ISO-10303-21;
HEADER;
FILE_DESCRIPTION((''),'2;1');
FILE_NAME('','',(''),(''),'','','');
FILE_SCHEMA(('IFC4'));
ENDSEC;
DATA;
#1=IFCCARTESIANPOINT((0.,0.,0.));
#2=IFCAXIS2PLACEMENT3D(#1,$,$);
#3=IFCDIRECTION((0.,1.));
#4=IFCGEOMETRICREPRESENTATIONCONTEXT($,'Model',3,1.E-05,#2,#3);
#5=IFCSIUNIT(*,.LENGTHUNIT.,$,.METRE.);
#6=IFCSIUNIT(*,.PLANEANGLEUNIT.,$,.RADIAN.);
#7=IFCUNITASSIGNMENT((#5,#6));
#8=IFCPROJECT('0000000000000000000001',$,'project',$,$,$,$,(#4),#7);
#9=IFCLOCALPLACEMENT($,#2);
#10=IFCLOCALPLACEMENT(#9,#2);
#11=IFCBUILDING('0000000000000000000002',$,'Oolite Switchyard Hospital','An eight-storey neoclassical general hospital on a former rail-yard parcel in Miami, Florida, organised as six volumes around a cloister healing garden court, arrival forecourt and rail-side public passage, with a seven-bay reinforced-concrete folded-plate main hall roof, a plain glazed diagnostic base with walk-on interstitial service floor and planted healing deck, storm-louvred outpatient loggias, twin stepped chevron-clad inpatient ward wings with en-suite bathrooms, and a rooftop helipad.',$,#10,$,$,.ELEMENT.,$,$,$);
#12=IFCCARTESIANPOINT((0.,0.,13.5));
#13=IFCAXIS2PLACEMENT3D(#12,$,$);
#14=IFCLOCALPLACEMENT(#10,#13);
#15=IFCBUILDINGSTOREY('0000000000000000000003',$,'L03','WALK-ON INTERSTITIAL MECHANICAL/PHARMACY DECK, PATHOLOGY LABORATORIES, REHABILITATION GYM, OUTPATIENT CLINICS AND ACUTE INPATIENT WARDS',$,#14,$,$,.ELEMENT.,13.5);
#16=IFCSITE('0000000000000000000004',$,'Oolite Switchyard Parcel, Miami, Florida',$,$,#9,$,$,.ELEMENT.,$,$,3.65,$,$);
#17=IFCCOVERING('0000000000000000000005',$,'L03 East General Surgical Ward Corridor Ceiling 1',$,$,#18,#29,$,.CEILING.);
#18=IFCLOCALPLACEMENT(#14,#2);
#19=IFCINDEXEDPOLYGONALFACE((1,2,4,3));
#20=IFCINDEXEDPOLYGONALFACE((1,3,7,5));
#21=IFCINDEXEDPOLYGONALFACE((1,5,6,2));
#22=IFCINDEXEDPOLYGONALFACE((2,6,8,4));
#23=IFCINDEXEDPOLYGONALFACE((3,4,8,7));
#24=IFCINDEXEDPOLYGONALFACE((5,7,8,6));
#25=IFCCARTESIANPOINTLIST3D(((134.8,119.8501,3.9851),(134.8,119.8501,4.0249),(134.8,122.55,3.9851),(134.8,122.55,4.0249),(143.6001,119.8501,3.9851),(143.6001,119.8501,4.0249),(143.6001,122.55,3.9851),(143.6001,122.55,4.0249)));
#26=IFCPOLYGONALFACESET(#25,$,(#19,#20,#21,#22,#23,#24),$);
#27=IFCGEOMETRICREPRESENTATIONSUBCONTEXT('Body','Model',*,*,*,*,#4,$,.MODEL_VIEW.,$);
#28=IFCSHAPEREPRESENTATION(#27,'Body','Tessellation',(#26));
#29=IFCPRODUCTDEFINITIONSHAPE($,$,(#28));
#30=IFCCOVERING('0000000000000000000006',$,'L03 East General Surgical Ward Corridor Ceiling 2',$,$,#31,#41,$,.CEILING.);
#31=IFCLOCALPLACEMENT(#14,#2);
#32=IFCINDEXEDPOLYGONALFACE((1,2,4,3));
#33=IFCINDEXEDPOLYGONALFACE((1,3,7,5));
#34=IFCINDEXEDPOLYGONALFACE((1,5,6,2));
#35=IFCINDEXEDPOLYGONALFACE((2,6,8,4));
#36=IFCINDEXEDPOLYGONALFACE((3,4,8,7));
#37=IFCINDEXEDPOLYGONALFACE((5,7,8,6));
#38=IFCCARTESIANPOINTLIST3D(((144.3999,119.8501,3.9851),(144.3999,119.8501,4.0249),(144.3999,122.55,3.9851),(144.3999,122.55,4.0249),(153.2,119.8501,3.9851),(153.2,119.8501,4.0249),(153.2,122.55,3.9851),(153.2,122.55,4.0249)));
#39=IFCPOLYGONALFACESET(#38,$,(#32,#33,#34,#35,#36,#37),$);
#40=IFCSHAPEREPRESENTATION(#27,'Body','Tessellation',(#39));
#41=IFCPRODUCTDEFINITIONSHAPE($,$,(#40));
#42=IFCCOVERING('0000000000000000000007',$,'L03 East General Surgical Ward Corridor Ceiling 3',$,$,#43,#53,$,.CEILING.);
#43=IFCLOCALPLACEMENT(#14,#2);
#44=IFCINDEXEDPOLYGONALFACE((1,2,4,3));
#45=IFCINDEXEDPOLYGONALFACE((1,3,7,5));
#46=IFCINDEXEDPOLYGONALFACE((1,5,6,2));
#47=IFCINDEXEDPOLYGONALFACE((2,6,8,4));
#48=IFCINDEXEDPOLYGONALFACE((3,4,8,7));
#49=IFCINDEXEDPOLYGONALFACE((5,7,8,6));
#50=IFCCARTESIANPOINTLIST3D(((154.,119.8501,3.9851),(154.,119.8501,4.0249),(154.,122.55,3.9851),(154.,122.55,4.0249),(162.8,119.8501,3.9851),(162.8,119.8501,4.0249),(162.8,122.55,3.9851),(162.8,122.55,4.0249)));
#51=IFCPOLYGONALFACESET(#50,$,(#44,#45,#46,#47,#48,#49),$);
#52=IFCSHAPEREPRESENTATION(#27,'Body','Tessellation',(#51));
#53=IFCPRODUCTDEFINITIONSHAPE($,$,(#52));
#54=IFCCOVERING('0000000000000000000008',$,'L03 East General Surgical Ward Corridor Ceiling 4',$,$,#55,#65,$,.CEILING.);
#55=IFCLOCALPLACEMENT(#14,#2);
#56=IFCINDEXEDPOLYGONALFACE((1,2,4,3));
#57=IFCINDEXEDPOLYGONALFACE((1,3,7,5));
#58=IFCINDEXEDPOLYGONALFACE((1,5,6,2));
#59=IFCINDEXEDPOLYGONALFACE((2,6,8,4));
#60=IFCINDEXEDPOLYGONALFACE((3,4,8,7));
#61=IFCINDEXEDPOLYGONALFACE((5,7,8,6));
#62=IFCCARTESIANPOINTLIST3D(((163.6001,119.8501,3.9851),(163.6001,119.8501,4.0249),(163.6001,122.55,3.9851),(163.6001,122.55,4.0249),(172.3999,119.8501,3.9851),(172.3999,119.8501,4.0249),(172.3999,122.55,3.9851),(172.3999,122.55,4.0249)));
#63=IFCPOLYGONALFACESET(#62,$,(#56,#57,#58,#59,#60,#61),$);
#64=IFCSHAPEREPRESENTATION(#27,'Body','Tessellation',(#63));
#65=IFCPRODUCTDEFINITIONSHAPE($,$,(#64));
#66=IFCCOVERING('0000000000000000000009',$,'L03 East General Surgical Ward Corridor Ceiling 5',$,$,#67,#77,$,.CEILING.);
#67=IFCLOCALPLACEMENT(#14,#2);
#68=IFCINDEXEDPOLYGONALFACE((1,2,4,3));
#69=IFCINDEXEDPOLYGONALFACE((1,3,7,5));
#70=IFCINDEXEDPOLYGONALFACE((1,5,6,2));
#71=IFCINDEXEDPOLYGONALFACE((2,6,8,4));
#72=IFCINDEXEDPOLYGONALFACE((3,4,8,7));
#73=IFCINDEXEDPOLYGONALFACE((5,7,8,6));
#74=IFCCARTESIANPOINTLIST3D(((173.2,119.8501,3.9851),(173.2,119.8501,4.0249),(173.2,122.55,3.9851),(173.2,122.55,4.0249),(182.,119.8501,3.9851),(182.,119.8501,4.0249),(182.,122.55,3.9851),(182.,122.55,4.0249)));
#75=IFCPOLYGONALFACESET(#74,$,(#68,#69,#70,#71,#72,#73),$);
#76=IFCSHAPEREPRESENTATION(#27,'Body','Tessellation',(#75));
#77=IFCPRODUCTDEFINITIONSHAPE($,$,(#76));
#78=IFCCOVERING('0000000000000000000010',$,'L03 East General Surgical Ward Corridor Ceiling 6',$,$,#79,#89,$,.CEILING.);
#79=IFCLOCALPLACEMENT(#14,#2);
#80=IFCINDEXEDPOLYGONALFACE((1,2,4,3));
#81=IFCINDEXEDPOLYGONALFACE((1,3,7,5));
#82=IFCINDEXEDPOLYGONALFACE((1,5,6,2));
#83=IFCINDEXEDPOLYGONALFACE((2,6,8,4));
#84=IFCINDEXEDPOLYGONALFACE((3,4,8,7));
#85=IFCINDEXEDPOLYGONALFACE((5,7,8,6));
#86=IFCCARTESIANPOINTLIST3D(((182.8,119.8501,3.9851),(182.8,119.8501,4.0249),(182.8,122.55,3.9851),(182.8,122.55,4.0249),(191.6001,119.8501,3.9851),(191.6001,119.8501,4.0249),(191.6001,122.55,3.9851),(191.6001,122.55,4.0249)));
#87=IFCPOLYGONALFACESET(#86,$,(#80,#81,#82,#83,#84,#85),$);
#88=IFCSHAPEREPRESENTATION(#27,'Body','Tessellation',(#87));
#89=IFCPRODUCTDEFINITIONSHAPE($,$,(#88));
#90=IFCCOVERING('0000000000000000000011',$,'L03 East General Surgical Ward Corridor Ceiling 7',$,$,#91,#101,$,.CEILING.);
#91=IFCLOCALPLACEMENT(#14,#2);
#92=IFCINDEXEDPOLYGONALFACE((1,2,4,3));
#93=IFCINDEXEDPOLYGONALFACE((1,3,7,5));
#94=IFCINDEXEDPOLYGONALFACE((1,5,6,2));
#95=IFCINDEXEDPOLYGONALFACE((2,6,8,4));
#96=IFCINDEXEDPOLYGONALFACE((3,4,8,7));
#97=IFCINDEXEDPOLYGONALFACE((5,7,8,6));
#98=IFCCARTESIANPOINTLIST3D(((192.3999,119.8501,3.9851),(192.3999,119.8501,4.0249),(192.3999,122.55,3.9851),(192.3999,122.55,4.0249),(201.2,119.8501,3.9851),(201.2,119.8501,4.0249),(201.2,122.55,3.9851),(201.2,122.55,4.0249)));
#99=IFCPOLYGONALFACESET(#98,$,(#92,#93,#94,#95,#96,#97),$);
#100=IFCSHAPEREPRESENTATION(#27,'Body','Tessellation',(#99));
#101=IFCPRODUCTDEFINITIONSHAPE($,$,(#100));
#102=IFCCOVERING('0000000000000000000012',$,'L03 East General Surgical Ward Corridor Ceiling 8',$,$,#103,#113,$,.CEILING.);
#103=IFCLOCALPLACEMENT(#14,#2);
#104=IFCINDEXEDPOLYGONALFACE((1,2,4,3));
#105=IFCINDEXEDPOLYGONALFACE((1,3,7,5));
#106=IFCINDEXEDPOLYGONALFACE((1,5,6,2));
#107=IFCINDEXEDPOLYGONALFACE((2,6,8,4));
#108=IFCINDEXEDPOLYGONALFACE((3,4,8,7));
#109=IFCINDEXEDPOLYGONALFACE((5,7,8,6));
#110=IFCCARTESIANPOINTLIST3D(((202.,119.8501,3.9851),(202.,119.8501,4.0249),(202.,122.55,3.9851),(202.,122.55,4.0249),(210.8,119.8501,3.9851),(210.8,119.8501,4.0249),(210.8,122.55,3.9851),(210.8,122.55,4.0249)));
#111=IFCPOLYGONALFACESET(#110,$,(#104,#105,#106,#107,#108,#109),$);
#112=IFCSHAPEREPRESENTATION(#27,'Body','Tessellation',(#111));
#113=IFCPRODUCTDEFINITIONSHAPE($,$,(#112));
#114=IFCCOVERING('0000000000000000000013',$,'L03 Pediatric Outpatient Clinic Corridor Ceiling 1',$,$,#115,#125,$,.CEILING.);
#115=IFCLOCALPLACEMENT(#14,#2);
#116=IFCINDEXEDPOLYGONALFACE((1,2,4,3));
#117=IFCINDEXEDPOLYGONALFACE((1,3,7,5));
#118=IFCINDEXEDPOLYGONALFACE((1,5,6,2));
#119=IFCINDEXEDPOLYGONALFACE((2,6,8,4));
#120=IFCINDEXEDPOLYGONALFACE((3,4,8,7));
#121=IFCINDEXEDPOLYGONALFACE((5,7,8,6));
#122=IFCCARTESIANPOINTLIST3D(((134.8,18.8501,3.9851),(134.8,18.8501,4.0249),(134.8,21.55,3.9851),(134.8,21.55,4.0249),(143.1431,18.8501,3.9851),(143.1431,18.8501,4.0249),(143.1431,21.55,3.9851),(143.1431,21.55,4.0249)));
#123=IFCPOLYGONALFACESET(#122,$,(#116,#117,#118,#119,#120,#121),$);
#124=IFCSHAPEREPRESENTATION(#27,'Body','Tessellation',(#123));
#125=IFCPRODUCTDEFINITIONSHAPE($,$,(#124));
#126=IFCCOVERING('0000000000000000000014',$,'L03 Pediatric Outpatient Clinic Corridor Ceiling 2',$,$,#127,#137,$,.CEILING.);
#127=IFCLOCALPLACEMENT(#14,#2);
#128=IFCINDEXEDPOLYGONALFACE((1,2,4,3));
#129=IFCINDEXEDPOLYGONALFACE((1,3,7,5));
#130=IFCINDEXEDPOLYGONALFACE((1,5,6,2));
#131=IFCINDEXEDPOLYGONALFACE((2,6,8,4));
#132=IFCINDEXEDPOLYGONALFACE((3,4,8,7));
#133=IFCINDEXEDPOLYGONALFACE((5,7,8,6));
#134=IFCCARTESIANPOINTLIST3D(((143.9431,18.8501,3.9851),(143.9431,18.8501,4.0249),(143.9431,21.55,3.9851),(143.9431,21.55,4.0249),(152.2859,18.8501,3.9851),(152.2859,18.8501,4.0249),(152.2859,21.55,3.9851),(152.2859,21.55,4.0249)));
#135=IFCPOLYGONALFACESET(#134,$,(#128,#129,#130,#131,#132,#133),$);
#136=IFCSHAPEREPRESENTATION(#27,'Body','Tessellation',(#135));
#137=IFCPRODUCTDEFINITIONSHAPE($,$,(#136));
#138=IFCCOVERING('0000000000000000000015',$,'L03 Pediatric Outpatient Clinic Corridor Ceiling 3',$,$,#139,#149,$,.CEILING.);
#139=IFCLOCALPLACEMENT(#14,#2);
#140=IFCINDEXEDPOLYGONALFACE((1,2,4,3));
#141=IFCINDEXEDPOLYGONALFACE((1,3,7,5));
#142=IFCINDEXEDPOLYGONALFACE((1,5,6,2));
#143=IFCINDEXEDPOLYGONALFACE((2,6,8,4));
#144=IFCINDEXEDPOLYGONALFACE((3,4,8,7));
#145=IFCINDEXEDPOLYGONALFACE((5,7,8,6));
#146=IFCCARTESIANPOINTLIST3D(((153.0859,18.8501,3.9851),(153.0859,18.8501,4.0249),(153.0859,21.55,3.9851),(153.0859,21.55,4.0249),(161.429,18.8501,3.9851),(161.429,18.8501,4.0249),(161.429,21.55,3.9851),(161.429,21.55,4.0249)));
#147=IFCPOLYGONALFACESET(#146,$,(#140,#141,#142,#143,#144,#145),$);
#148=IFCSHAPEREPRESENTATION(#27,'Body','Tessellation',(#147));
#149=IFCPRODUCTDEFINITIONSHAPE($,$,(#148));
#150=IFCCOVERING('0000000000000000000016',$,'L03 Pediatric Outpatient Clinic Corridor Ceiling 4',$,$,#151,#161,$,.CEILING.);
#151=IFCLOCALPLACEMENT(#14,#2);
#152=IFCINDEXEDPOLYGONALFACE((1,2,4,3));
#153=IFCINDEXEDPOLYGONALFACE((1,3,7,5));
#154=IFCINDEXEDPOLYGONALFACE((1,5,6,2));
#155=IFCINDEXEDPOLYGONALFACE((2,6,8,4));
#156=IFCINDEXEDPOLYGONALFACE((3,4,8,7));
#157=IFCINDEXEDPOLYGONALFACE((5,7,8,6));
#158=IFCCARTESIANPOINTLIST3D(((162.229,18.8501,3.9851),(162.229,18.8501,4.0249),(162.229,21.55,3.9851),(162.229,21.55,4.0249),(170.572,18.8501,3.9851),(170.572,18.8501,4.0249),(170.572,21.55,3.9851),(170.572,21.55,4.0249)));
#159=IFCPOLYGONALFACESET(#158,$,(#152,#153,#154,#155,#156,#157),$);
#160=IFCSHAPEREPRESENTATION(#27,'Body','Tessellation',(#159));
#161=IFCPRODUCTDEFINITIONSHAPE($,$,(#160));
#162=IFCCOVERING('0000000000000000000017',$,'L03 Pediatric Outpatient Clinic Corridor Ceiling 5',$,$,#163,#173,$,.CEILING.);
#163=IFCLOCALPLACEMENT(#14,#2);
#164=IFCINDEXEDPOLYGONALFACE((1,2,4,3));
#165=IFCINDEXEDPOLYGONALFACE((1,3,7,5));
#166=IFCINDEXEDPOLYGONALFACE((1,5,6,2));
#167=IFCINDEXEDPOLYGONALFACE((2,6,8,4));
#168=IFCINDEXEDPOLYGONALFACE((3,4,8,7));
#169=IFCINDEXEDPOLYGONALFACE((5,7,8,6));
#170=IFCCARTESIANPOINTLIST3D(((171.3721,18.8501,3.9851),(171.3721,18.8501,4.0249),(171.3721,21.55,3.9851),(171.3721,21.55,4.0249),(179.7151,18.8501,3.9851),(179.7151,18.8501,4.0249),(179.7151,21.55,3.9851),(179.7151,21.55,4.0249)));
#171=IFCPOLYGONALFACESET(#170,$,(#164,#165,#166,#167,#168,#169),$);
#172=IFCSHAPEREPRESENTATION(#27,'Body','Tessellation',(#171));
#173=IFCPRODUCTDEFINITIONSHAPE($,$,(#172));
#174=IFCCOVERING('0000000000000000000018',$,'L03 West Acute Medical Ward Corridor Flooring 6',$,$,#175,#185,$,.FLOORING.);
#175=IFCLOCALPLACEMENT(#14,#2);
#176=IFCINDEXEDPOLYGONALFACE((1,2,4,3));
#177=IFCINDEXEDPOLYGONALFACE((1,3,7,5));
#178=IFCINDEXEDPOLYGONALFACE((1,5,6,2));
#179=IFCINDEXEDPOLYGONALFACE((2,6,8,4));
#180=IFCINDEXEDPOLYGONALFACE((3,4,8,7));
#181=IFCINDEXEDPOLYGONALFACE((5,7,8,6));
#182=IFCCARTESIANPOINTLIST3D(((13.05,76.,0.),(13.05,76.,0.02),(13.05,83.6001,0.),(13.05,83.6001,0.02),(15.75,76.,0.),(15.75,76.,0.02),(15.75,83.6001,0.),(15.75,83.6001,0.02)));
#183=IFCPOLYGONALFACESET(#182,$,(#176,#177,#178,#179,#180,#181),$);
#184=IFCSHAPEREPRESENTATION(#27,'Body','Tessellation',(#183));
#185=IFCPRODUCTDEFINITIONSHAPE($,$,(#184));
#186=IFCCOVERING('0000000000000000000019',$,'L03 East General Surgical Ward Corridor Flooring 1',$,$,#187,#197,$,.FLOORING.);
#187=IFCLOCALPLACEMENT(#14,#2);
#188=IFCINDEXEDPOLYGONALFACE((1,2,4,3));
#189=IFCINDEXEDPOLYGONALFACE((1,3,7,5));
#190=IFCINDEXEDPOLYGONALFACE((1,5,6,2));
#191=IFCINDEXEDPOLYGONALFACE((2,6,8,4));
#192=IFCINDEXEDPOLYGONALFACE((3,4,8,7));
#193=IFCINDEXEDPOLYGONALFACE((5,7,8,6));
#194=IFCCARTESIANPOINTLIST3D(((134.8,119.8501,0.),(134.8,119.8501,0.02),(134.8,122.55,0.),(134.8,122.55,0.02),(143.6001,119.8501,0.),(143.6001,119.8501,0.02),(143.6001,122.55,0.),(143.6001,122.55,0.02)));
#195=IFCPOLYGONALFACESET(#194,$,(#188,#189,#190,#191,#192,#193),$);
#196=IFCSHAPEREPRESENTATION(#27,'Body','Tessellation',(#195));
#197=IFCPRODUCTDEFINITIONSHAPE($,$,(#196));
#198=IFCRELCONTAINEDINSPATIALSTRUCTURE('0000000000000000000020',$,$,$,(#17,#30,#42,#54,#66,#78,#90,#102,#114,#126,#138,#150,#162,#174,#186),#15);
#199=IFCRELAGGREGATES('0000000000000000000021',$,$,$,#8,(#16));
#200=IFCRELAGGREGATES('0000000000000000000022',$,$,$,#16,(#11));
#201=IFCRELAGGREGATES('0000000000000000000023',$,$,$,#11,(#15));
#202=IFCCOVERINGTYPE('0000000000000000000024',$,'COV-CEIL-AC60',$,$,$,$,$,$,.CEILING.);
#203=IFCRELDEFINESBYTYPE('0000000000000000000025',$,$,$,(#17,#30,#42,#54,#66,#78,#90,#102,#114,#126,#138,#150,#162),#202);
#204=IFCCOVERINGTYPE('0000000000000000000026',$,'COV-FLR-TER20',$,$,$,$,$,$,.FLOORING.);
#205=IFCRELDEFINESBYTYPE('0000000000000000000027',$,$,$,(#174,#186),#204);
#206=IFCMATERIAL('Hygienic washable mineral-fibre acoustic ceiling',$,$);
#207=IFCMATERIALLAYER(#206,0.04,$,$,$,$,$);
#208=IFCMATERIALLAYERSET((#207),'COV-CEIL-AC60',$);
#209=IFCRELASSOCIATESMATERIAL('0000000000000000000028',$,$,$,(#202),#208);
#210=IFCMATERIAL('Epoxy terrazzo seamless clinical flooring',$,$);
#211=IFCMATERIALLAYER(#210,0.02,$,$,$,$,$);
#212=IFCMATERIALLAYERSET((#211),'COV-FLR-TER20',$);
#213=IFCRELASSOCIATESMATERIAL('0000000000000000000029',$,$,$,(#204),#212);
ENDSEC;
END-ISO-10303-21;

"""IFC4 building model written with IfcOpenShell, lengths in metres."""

from ifc_helpers import new_model, si_unit, direction, frame, origin, place, context, subcontext, project, spatial, polyline, outline, extrude, material, layer, layer_set, type_object, element, save


model = new_model("IFC4")

# Units and contexts
model_context = context("Model", 3, precision=1e-05, world=origin(), true_north=direction((0.0, 1.0)))
body_context = subcontext(model_context, "Body", "Model", "MODEL_VIEW")
ifc_project = project(units=[si_unit("LENGTHUNIT", "METRE"), si_unit("PLANEANGLEUNIT", "RADIAN")], contexts=[model_context])

# Site, building, storey
site_placement = place(None, origin())
site = spatial("IfcSite", under=ifc_project, at=site_placement, Name="Oolite Switchyard Parcel, Miami, Florida", CompositionType="ELEMENT", RefElevation=3.65)
building_placement = place(site_placement, origin())
building = spatial("IfcBuilding", under=site, at=building_placement, Name="Oolite Switchyard Hospital", Description="An eight-storey neoclassical general hospital on a former rail-yard parcel in Miami, Florida, organised as six volumes around a cloister healing garden court, arrival forecourt and rail-side public passage, with a seven-bay reinforced-concrete folded-plate main hall roof, a plain glazed diagnostic base with walk-on interstitial service floor and planted healing deck, storm-louvred outpatient loggias, twin stepped chevron-clad inpatient ward wings with en-suite bathrooms, and a rooftop helipad.", CompositionType="ELEMENT")
storey_placement = place(building_placement, frame((0.0, 0.0, 13.5)))
storey = spatial("IfcBuildingStorey", under=building, at=storey_placement, Name="L03", Description="WALK-ON INTERSTITIAL MECHANICAL/PHARMACY DECK, PATHOLOGY LABORATORIES, REHABILITATION GYM, OUTPATIENT CLINICS AND ACUTE INPATIENT WARDS", CompositionType="ELEMENT", Elevation=13.5)

# Coverings
ifc_material_1 = material(Name="Hygienic washable mineral-fibre acoustic ceiling")
ifc_layer_1 = layer(ifc_material_1, 0.04)
ifc_layer_set_1 = layer_set([ifc_layer_1], Name="COV-CEIL-AC60")
covering_type_1 = type_object("IfcCoveringType", Name="COV-CEIL-AC60", PredefinedType="CEILING", material=ifc_layer_set_1)
covering_1_placement = place(storey_placement, frame((0.0, 0.0, 3.9851)))
element("IfcCovering", 1, at=covering_1_placement, inside=storey, type_object=covering_type_1, Name="L03 East General Surgical Ward Corridor Ceiling 1", PredefinedType="CEILING", context=body_context, shape_type="SweptSolid", body=[
    extrude(outline(polyline([(134.8, 119.8501), (143.6001, 119.8501), (143.6001, 122.55), (134.8, 122.55), (134.8, 119.8501)])), origin(), (0.0, 0.0, 1.0), 0.0398),
])
covering_2_placement = place(storey_placement, frame((0.0, 0.0, 3.9851)))
element("IfcCovering", 2, at=covering_2_placement, inside=storey, type_object=covering_type_1, Name="L03 East General Surgical Ward Corridor Ceiling 2", PredefinedType="CEILING", context=body_context, shape_type="SweptSolid", body=[
    extrude(outline(polyline([(144.3999, 119.8501), (153.2, 119.8501), (153.2, 122.55), (144.3999, 122.55), (144.3999, 119.8501)])), origin(), (0.0, 0.0, 1.0), 0.0398),
])
covering_3_placement = place(storey_placement, frame((0.0, 0.0, 3.9851)))
element("IfcCovering", 3, at=covering_3_placement, inside=storey, type_object=covering_type_1, Name="L03 East General Surgical Ward Corridor Ceiling 3", PredefinedType="CEILING", context=body_context, shape_type="SweptSolid", body=[
    extrude(outline(polyline([(154.0, 119.8501), (162.8, 119.8501), (162.8, 122.55), (154.0, 122.55), (154.0, 119.8501)])), origin(), (0.0, 0.0, 1.0), 0.0398),
])
covering_4_placement = place(storey_placement, frame((0.0, 0.0, 3.9851)))
element("IfcCovering", 4, at=covering_4_placement, inside=storey, type_object=covering_type_1, Name="L03 East General Surgical Ward Corridor Ceiling 4", PredefinedType="CEILING", context=body_context, shape_type="SweptSolid", body=[
    extrude(outline(polyline([(163.6001, 119.8501), (172.3999, 119.8501), (172.3999, 122.55), (163.6001, 122.55), (163.6001, 119.8501)])), origin(), (0.0, 0.0, 1.0), 0.0398),
])
covering_5_placement = place(storey_placement, frame((0.0, 0.0, 3.9851)))
element("IfcCovering", 5, at=covering_5_placement, inside=storey, type_object=covering_type_1, Name="L03 East General Surgical Ward Corridor Ceiling 5", PredefinedType="CEILING", context=body_context, shape_type="SweptSolid", body=[
    extrude(outline(polyline([(173.2, 119.8501), (182.0, 119.8501), (182.0, 122.55), (173.2, 122.55), (173.2, 119.8501)])), origin(), (0.0, 0.0, 1.0), 0.0398),
])
covering_6_placement = place(storey_placement, frame((0.0, 0.0, 3.9851)))
element("IfcCovering", 6, at=covering_6_placement, inside=storey, type_object=covering_type_1, Name="L03 East General Surgical Ward Corridor Ceiling 6", PredefinedType="CEILING", context=body_context, shape_type="SweptSolid", body=[
    extrude(outline(polyline([(182.8, 119.8501), (191.6001, 119.8501), (191.6001, 122.55), (182.8, 122.55), (182.8, 119.8501)])), origin(), (0.0, 0.0, 1.0), 0.0398),
])
covering_7_placement = place(storey_placement, frame((0.0, 0.0, 3.9851)))
element("IfcCovering", 7, at=covering_7_placement, inside=storey, type_object=covering_type_1, Name="L03 East General Surgical Ward Corridor Ceiling 7", PredefinedType="CEILING", context=body_context, shape_type="SweptSolid", body=[
    extrude(outline(polyline([(192.3999, 119.8501), (201.2, 119.8501), (201.2, 122.55), (192.3999, 122.55), (192.3999, 119.8501)])), origin(), (0.0, 0.0, 1.0), 0.0398),
])
covering_8_placement = place(storey_placement, frame((0.0, 0.0, 3.9851)))
element("IfcCovering", 8, at=covering_8_placement, inside=storey, type_object=covering_type_1, Name="L03 East General Surgical Ward Corridor Ceiling 8", PredefinedType="CEILING", context=body_context, shape_type="SweptSolid", body=[
    extrude(outline(polyline([(202.0, 119.8501), (210.8, 119.8501), (210.8, 122.55), (202.0, 122.55), (202.0, 119.8501)])), origin(), (0.0, 0.0, 1.0), 0.0398),
])
covering_9_placement = place(storey_placement, frame((0.0, 0.0, 3.9851)))
element("IfcCovering", 9, at=covering_9_placement, inside=storey, type_object=covering_type_1, Name="L03 Pediatric Outpatient Clinic Corridor Ceiling 1", PredefinedType="CEILING", context=body_context, shape_type="SweptSolid", body=[
    extrude(outline(polyline([(134.8, 18.8501), (143.1431, 18.8501), (143.1431, 21.55), (134.8, 21.55), (134.8, 18.8501)])), origin(), (0.0, 0.0, 1.0), 0.0398),
])
covering_10_placement = place(storey_placement, frame((0.0, 0.0, 3.9851)))
element("IfcCovering", 10, at=covering_10_placement, inside=storey, type_object=covering_type_1, Name="L03 Pediatric Outpatient Clinic Corridor Ceiling 2", PredefinedType="CEILING", context=body_context, shape_type="SweptSolid", body=[
    extrude(outline(polyline([(143.9431, 18.8501), (152.2859, 18.8501), (152.2859, 21.55), (143.9431, 21.55), (143.9431, 18.8501)])), origin(), (0.0, 0.0, 1.0), 0.0398),
])
covering_11_placement = place(storey_placement, frame((0.0, 0.0, 3.9851)))
element("IfcCovering", 11, at=covering_11_placement, inside=storey, type_object=covering_type_1, Name="L03 Pediatric Outpatient Clinic Corridor Ceiling 3", PredefinedType="CEILING", context=body_context, shape_type="SweptSolid", body=[
    extrude(outline(polyline([(153.0859, 18.8501), (161.429, 18.8501), (161.429, 21.55), (153.0859, 21.55), (153.0859, 18.8501)])), origin(), (0.0, 0.0, 1.0), 0.0398),
])
covering_12_placement = place(storey_placement, frame((0.0, 0.0, 3.9851)))
element("IfcCovering", 12, at=covering_12_placement, inside=storey, type_object=covering_type_1, Name="L03 Pediatric Outpatient Clinic Corridor Ceiling 4", PredefinedType="CEILING", context=body_context, shape_type="SweptSolid", body=[
    extrude(outline(polyline([(162.229, 18.8501), (170.572, 18.8501), (170.572, 21.55), (162.229, 21.55), (162.229, 18.8501)])), origin(), (0.0, 0.0, 1.0), 0.0398),
])
covering_13_placement = place(storey_placement, frame((0.0, 0.0, 3.9851)))
element("IfcCovering", 13, at=covering_13_placement, inside=storey, type_object=covering_type_1, Name="L03 Pediatric Outpatient Clinic Corridor Ceiling 5", PredefinedType="CEILING", context=body_context, shape_type="SweptSolid", body=[
    extrude(outline(polyline([(171.3721, 18.8501), (179.7151, 18.8501), (179.7151, 21.55), (171.3721, 21.55), (171.3721, 18.8501)])), origin(), (0.0, 0.0, 1.0), 0.0398),
])
ifc_material_2 = material(Name="Epoxy terrazzo seamless clinical flooring")
ifc_layer_2 = layer(ifc_material_2, 0.02)
ifc_layer_set_2 = layer_set([ifc_layer_2], Name="COV-FLR-TER20")
covering_type_2 = type_object("IfcCoveringType", Name="COV-FLR-TER20", PredefinedType="FLOORING", material=ifc_layer_set_2)
covering_14_placement = place(storey_placement, origin())
element("IfcCovering", 14, at=covering_14_placement, inside=storey, type_object=covering_type_2, Name="L03 West Acute Medical Ward Corridor Flooring 6", PredefinedType="FLOORING", context=body_context, shape_type="SweptSolid", body=[
    extrude(outline(polyline([(13.05, 76.0), (15.75, 76.0), (15.75, 83.6001), (13.05, 83.6001), (13.05, 76.0)])), origin(), (0.0, 0.0, 1.0), 0.02),
])
covering_15_placement = place(storey_placement, origin())
element("IfcCovering", 15, at=covering_15_placement, inside=storey, type_object=covering_type_2, Name="L03 East General Surgical Ward Corridor Flooring 1", PredefinedType="FLOORING", context=body_context, shape_type="SweptSolid", body=[
    extrude(outline(polyline([(134.8, 119.8501), (143.6001, 119.8501), (143.6001, 122.55), (134.8, 122.55), (134.8, 119.8501)])), origin(), (0.0, 0.0, 1.0), 0.02),
])

save(model, "model.ifc")
